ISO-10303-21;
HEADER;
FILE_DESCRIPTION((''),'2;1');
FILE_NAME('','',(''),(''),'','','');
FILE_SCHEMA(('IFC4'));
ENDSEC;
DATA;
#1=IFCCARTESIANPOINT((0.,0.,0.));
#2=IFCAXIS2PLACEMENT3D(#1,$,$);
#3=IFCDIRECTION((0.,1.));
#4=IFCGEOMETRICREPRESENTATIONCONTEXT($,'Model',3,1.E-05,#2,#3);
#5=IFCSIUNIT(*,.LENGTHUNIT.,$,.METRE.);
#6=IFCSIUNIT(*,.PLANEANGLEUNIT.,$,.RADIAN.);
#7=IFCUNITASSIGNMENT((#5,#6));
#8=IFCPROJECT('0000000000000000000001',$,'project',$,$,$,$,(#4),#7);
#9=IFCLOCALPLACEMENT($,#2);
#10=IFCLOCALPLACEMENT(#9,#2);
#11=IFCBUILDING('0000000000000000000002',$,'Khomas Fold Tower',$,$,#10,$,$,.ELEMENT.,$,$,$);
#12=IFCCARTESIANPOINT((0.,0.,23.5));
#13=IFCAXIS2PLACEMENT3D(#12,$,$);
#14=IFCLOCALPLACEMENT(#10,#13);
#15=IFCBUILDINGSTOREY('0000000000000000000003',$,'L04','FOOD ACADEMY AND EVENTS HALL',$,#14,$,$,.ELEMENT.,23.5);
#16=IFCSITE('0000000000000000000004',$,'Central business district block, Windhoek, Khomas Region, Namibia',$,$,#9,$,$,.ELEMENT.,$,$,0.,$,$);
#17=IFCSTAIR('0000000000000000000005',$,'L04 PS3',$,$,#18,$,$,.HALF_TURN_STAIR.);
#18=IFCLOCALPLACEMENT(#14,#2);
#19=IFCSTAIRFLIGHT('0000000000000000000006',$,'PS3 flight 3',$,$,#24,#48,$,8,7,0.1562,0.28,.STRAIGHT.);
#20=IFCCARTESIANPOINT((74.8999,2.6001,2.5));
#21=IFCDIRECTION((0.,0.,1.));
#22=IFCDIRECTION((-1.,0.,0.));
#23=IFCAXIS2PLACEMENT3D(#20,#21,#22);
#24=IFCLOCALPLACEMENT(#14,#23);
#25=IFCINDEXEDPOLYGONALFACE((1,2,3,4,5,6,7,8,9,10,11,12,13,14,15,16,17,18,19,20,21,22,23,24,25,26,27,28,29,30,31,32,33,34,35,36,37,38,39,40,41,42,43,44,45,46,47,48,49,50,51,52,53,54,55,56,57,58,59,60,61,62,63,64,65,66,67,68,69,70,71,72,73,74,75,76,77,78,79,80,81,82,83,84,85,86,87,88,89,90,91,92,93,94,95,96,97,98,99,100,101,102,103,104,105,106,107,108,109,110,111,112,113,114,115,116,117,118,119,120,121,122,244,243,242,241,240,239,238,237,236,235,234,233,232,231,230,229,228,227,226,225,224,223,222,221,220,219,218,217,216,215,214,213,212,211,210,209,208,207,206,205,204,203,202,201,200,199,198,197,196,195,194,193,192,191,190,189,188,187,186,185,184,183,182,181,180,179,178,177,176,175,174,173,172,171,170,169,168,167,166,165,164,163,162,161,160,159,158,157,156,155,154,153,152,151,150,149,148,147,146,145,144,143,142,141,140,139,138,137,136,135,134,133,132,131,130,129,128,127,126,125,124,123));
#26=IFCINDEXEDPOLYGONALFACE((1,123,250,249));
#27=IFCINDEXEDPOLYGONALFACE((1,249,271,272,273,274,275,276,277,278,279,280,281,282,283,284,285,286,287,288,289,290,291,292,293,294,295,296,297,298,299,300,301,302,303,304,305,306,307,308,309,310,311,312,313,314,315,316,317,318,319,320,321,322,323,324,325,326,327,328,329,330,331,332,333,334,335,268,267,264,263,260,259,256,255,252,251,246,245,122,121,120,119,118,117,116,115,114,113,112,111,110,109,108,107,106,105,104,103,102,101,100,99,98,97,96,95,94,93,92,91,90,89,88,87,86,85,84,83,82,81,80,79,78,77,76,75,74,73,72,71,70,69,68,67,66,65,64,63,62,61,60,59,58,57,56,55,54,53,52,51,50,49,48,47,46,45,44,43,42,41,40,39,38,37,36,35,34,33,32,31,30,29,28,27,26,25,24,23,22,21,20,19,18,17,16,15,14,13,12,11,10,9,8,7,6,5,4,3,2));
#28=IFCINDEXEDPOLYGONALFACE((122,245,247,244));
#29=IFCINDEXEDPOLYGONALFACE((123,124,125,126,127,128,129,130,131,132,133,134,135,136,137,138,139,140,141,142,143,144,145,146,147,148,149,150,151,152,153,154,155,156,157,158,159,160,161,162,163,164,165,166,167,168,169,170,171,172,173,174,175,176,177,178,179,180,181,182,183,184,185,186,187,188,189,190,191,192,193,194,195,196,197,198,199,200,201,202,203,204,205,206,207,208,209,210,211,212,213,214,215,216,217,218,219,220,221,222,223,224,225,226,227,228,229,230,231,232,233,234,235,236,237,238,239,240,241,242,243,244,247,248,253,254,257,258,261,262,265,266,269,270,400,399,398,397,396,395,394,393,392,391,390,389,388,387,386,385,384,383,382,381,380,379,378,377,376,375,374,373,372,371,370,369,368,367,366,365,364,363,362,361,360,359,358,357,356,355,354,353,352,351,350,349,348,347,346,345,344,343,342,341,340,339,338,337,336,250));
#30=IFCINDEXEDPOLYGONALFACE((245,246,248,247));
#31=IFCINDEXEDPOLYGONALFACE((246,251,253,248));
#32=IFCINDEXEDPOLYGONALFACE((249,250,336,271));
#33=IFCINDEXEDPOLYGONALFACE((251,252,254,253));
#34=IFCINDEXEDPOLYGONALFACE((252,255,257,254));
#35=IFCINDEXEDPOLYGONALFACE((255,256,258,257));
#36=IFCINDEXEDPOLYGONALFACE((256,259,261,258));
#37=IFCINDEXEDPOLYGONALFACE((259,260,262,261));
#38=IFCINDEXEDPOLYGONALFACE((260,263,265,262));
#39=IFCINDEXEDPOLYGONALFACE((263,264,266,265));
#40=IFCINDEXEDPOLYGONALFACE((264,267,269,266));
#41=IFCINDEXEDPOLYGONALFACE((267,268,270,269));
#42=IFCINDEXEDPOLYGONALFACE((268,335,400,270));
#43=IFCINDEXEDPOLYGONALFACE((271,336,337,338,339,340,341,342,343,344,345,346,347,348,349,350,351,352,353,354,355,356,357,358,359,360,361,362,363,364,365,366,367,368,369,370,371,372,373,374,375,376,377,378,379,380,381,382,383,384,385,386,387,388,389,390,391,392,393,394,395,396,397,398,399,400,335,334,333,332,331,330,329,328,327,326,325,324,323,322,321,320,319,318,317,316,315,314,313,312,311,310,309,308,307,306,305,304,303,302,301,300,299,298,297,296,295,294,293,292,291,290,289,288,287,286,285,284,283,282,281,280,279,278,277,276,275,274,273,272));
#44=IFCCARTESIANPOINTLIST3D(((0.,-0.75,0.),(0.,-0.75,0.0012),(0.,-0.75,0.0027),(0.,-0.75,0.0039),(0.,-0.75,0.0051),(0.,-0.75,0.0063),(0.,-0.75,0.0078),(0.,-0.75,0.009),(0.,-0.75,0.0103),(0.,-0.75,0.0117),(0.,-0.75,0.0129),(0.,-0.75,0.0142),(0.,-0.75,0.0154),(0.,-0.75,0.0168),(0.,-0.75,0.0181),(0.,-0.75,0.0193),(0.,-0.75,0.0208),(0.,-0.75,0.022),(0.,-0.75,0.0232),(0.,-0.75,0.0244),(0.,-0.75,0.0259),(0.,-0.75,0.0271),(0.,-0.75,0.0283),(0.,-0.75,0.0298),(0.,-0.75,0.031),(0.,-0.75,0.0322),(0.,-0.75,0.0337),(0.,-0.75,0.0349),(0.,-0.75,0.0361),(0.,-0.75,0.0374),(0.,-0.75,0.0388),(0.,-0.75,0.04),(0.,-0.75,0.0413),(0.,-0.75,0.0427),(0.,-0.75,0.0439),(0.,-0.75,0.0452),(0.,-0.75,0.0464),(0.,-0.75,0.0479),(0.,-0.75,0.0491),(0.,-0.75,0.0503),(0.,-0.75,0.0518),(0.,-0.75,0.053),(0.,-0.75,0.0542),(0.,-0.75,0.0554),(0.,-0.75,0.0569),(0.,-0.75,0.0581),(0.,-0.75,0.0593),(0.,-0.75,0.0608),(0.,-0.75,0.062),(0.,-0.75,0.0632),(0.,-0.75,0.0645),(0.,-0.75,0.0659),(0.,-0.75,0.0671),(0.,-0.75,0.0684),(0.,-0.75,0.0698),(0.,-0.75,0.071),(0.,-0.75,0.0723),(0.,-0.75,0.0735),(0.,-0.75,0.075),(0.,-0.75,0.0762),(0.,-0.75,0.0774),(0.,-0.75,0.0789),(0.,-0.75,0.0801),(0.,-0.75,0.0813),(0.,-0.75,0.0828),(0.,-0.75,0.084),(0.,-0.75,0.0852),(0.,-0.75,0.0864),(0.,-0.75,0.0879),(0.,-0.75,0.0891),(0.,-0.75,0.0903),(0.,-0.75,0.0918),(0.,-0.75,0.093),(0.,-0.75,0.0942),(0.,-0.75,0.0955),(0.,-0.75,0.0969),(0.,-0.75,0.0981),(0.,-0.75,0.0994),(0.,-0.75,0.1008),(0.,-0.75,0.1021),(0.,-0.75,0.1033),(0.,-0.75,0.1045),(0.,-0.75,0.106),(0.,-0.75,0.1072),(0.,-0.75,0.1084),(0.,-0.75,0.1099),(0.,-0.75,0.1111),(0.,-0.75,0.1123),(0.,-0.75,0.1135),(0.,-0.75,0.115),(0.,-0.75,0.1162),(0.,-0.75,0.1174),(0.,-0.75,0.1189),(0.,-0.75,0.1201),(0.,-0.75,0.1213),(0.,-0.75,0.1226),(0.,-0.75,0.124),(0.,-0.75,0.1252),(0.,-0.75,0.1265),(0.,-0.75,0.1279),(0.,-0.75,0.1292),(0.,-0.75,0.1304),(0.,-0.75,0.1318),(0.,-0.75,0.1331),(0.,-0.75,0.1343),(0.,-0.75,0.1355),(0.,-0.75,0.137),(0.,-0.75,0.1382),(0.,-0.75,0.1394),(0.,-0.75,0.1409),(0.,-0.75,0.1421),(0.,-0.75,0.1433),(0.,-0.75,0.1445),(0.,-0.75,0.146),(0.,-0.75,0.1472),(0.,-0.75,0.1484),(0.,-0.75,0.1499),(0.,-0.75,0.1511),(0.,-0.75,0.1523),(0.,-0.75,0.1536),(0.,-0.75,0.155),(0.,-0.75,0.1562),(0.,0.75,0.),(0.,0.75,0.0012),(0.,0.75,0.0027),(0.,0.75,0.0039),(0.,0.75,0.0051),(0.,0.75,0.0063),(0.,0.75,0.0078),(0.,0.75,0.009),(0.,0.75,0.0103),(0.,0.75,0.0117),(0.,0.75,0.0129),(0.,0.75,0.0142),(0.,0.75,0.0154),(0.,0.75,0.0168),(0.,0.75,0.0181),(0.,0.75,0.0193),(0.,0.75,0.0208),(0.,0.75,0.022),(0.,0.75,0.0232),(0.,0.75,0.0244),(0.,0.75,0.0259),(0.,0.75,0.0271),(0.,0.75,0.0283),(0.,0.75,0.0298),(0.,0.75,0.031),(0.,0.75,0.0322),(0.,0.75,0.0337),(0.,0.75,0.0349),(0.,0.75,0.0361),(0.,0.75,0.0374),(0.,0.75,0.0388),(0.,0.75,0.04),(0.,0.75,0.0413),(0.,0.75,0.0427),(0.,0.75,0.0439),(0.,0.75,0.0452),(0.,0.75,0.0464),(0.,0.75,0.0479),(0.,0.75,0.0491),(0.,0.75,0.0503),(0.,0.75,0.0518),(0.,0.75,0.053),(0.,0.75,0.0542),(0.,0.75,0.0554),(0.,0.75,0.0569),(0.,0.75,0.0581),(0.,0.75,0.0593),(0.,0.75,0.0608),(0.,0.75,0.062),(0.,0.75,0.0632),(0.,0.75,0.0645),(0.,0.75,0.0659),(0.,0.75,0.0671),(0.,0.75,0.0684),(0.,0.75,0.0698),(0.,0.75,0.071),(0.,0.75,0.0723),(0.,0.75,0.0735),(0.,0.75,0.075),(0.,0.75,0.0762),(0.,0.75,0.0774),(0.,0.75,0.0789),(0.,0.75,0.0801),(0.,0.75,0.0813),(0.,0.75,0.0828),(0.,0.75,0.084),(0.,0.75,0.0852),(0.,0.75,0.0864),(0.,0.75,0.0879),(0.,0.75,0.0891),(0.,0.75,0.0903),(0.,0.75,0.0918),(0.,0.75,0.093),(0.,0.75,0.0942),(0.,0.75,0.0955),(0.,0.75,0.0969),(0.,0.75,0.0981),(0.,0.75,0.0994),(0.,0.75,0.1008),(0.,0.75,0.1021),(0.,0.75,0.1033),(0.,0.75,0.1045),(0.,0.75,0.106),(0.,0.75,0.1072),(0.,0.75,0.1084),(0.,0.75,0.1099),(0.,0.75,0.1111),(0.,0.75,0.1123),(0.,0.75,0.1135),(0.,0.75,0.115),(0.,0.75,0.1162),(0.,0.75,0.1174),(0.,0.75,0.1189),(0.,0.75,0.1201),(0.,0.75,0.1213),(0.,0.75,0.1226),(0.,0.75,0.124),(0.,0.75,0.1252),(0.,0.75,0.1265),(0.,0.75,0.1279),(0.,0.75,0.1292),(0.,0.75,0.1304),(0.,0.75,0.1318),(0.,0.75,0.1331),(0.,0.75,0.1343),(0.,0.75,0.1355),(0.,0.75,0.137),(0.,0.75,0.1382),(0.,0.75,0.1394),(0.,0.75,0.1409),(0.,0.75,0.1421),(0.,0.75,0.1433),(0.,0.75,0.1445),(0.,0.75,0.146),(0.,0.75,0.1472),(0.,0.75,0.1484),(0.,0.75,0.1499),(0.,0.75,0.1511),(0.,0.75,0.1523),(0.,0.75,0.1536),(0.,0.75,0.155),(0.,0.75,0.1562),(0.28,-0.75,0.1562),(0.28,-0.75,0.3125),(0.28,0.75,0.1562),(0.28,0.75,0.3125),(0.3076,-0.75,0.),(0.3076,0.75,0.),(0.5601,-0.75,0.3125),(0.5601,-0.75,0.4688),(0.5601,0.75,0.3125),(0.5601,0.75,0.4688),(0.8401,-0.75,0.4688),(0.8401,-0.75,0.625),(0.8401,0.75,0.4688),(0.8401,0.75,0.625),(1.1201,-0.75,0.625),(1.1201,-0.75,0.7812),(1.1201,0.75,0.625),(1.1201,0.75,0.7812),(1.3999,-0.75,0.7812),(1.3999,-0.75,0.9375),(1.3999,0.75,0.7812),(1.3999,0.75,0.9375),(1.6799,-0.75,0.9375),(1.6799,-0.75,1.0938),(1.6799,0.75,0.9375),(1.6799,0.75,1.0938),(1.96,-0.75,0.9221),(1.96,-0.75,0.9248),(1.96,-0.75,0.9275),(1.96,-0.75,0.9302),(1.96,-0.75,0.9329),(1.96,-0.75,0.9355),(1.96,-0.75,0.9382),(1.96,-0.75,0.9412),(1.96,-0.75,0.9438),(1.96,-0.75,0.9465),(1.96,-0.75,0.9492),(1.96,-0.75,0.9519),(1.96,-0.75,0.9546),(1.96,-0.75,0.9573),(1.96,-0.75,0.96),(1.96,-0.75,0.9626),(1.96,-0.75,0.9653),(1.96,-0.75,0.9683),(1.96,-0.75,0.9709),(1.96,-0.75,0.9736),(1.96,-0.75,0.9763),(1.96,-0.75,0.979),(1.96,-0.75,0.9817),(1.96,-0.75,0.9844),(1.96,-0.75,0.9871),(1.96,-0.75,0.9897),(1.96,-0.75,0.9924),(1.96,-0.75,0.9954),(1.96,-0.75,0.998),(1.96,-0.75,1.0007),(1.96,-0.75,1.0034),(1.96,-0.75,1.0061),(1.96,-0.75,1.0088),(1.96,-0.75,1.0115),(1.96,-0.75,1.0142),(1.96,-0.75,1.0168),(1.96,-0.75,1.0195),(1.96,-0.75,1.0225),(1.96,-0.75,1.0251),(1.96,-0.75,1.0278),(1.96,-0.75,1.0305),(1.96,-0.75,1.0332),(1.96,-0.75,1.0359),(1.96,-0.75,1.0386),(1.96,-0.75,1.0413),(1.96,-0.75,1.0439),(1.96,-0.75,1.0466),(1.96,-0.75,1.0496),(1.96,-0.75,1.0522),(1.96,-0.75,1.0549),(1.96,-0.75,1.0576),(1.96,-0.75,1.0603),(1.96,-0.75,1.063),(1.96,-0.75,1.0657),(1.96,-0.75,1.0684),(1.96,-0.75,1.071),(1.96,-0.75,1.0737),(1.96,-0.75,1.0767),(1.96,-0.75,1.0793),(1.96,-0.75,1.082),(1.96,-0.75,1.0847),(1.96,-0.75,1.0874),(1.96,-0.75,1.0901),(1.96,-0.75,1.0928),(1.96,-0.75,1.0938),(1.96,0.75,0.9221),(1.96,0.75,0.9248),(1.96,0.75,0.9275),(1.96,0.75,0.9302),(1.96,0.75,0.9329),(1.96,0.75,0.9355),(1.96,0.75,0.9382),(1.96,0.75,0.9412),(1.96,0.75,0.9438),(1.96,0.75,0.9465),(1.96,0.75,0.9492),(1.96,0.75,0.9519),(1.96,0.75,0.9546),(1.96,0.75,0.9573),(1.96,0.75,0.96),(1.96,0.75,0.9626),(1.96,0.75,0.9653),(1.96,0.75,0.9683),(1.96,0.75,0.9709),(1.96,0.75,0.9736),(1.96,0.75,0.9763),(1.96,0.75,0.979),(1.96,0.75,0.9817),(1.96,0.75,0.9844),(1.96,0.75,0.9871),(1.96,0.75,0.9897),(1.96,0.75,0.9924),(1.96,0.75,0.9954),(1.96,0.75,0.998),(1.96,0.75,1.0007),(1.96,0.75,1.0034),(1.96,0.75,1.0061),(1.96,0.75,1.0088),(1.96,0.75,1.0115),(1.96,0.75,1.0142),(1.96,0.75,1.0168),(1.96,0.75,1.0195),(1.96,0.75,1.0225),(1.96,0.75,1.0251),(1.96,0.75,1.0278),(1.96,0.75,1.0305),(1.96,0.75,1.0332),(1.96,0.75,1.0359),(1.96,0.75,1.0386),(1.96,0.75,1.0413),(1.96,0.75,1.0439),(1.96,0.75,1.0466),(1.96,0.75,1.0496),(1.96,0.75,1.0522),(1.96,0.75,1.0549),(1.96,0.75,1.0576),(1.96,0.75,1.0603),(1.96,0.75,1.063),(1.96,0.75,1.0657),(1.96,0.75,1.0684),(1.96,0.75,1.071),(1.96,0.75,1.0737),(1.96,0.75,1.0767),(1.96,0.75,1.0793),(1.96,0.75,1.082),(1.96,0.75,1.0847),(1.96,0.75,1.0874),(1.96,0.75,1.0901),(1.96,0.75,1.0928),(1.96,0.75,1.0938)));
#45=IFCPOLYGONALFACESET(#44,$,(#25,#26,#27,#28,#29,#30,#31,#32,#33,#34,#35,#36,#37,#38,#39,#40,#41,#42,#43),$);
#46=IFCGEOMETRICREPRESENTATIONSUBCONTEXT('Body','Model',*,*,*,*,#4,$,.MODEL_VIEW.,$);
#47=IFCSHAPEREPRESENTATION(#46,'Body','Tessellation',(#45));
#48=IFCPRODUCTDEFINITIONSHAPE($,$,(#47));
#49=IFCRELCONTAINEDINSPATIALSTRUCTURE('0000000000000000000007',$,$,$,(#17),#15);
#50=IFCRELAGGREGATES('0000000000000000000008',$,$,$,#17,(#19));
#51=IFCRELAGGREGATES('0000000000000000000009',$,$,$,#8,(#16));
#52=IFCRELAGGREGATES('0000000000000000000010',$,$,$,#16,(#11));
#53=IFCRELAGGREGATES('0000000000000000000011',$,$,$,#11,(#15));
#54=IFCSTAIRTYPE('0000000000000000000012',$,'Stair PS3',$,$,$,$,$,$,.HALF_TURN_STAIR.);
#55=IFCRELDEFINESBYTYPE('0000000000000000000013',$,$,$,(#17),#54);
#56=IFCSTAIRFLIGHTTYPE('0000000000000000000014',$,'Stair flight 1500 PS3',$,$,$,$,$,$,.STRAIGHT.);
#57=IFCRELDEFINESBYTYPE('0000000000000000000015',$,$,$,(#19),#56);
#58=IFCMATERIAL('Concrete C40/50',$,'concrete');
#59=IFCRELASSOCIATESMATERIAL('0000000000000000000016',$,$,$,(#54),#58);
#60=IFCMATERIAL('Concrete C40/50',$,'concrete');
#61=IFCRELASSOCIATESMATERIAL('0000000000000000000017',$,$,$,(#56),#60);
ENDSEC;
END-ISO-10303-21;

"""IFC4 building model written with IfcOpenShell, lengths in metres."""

from ifc_helpers import new_model, si_unit, direction, frame, origin, place, context, subcontext, project, spatial, polyline, outline, extrude, source, transform, mapped, material, type_object, element, aggregate, save


model = new_model("IFC4")

# Units and contexts
model_context = context("Model", 3, precision=1e-05, world=origin(), true_north=direction((0.0, 1.0)))
body_context = subcontext(model_context, "Body", "Model", "MODEL_VIEW")
ifc_project = project(units=[si_unit("LENGTHUNIT", "METRE"), si_unit("PLANEANGLEUNIT", "RADIAN")], contexts=[model_context])

# Site, building, storey
site_placement = place(None, origin())
site = spatial("IfcSite", under=ifc_project, at=site_placement, Name="Central business district block, Windhoek, Khomas Region, Namibia", CompositionType="ELEMENT", RefElevation=0.0)
building_placement = place(site_placement, origin())
building = spatial("IfcBuilding", under=site, at=building_placement, Name="Khomas Fold Tower", CompositionType="ELEMENT")
storey_placement = place(building_placement, frame((0.0, 0.0, 23.5)))
storey = spatial("IfcBuildingStorey", under=building, at=storey_placement, Name="L04", Description="FOOD ACADEMY AND EVENTS HALL", CompositionType="ELEMENT", Elevation=23.5)

# Stair, stair flight
ifc_material_1 = material(Name="Concrete C40/50", Category="concrete")
stair_type_1 = type_object("IfcStairType", Name="Stair PS3", PredefinedType="HALF_TURN_STAIR", material=ifc_material_1)
stair_1_placement = place(storey_placement, origin())
stair_1 = element("IfcStair", 1, at=stair_1_placement, inside=storey, type_object=stair_type_1, Name="L04 PS3", PredefinedType="HALF_TURN_STAIR")
ifc_material_2 = material(Name="Concrete C40/50", Category="concrete")
stair_flight_type_1 = type_object("IfcStairFlightType", Name="Stair flight 1500 PS3", PredefinedType="STRAIGHT", material=ifc_material_2)
shared_shape_1 = source(origin(), body_context, "Body", "SweptSolid", [
    extrude(outline(polyline([(0.0, 0.0), (0.0, 0.0012), (0.0, 0.0027), (0.0, 0.0039), (0.0, 0.0051), (0.0, 0.0063), (0.0, 0.0078), (0.0, 0.009), (0.0, 0.0103), (0.0, 0.0117), (0.0, 0.0129), (0.0, 0.0142), (0.0, 0.0154), (0.0, 0.0168), (0.0, 0.0181), (0.0, 0.0193), (0.0, 0.0208), (0.0, 0.022), (0.0, 0.0232), (0.0, 0.0244), (0.0, 0.0259), (0.0, 0.0271), (0.0, 0.0283), (0.0, 0.0298), (0.0, 0.031), (0.0, 0.0322), (0.0, 0.0337), (0.0, 0.0349), (0.0, 0.0361), (0.0, 0.0374), (0.0, 0.0388), (0.0, 0.04), (0.0, 0.0413), (0.0, 0.0427), (0.0, 0.0439), (0.0, 0.0452), (0.0, 0.0464), (0.0, 0.0479), (0.0, 0.0491), (0.0, 0.0503), (0.0, 0.0518), (0.0, 0.053), (0.0, 0.0542), (0.0, 0.0554), (0.0, 0.0569), (0.0, 0.0581), (0.0, 0.0593), (0.0, 0.0608), (0.0, 0.062), (0.0, 0.0632), (0.0, 0.0645), (0.0, 0.0659), (0.0, 0.0671), (0.0, 0.0684), (0.0, 0.0698), (0.0, 0.071), (0.0, 0.0723), (0.0, 0.0735), (0.0, 0.075), (0.0, 0.0762), (0.0, 0.0774), (0.0, 0.0789), (0.0, 0.0801), (0.0, 0.0813), (0.0, 0.0828), (0.0, 0.084), (0.0, 0.0852), (0.0, 0.0864), (0.0, 0.0879), (0.0, 0.0891), (0.0, 0.0903), (0.0, 0.0918), (0.0, 0.093), (0.0, 0.0942), (0.0, 0.0955), (0.0, 0.0969), (0.0, 0.0981), (0.0, 0.0994), (0.0, 0.1008), (0.0, 0.1021), (0.0, 0.1033), (0.0, 0.1045), (0.0, 0.106), (0.0, 0.1072), (0.0, 0.1084), (0.0, 0.1099), (0.0, 0.1111), (0.0, 0.1123), (0.0, 0.1135), (0.0, 0.115), (0.0, 0.1162), (0.0, 0.1174), (0.0, 0.1189), (0.0, 0.1201), (0.0, 0.1213), (0.0, 0.1226), (0.0, 0.124), (0.0, 0.1252), (0.0, 0.1265), (0.0, 0.1279), (0.0, 0.1292), (0.0, 0.1304), (0.0, 0.1318), (0.0, 0.1331), (0.0, 0.1343), (0.0, 0.1355), (0.0, 0.137), (0.0, 0.1382), (0.0, 0.1394), (0.0, 0.1409), (0.0, 0.1421), (0.0, 0.1433), (0.0, 0.1445), (0.0, 0.146), (0.0, 0.1472), (0.0, 0.1484), (0.0, 0.1499), (0.0, 0.1511), (0.0, 0.1523), (0.0, 0.1536), (0.0, 0.155), (0.0, 0.1562), (0.28, 0.1562), (0.28, 0.3125), (0.5601, 0.3125), (0.5601, 0.4688), (0.8401, 0.4688), (0.8401, 0.625), (1.1201, 0.625), (1.1201, 0.7812), (1.3999, 0.7812), (1.3999, 0.9375), (1.6799, 0.9375), (1.6799, 1.0938), (1.96, 1.0938), (1.96, 1.25), (1.96, 1.2473), (1.96, 1.2446), (1.96, 1.2419), (1.96, 1.2393), (1.96, 1.2363), (1.96, 1.2336), (1.96, 1.231), (1.96, 1.2283), (1.96, 1.2256), (1.96, 1.2229), (1.96, 1.2202), (1.96, 1.2175), (1.96, 1.2148), (1.96, 1.2122), (1.96, 1.2092), (1.96, 1.2065), (1.96, 1.2039), (1.96, 1.2012), (1.96, 1.1985), (1.96, 1.1958), (1.96, 1.1931), (1.96, 1.1904), (1.96, 1.1877), (1.96, 1.1851), (1.96, 1.1821), (1.96, 1.1794), (1.96, 1.1768), (1.96, 1.1741), (1.96, 1.1714), (1.96, 1.1687), (1.96, 1.166), (1.96, 1.1633), (1.96, 1.1606), (1.96, 1.158), (1.96, 1.155), (1.96, 1.1523), (1.96, 1.1497), (1.96, 1.147), (1.96, 1.1443), (1.96, 1.1416), (1.96, 1.1389), (1.96, 1.1362), (1.96, 1.1335), (1.96, 1.1309), (1.96, 1.1279), (1.96, 1.1252), (1.96, 1.1226), (1.96, 1.1199), (1.96, 1.1172), (1.96, 1.1145), (1.96, 1.1118), (1.96, 1.1091), (1.96, 1.1064), (1.96, 1.1038), (1.96, 1.1008), (1.96, 1.0981), (1.96, 1.0955), (1.96, 1.0928), (1.96, 1.0901), (1.96, 1.0874), (1.96, 1.0847), (1.96, 1.082), (1.96, 1.0793), (1.96, 1.0767), (1.96, 1.0737), (1.96, 1.071), (1.96, 1.0684), (1.96, 1.0657), (1.96, 1.063), (1.96, 1.0603), (1.96, 1.0576), (1.96, 1.0549), (1.96, 1.0522), (1.96, 1.0496), (1.96, 1.0466), (1.96, 1.0439), (1.96, 1.0413), (1.96, 1.0386), (1.96, 1.0359), (1.96, 1.0332), (1.96, 1.0305), (1.96, 1.0278), (1.96, 1.0251), (1.96, 1.0225), (1.96, 1.0195), (1.96, 1.0168), (1.96, 1.0142), (1.96, 1.0115), (1.96, 1.0088), (1.96, 1.0061), (1.96, 1.0034), (1.96, 1.0007), (1.96, 0.998), (1.96, 0.9954), (1.96, 0.9924), (1.96, 0.9897), (1.96, 0.9871), (1.96, 0.9844), (1.96, 0.9817), (1.96, 0.979), (1.96, 0.9763), (1.96, 0.9736), (1.96, 0.9709), (1.96, 0.9683), (1.96, 0.9653), (1.96, 0.9626), (1.96, 0.96), (1.96, 0.9573), (1.96, 0.9546), (1.96, 0.9519), (1.96, 0.9492), (1.96, 0.9465), (1.96, 0.9438), (1.96, 0.9412), (1.96, 0.9382), (1.96, 0.9355), (1.96, 0.9329), (1.96, 0.9302), (1.96, 0.9275), (1.96, 0.9248), (1.96, 0.9221), (0.3076, 0.0), (0.0, 0.0)])), frame((0.0, 0.75, 0.0), z_axis=(0.0, -1.0, 0.0), x_axis=(1.0, 0.0, 0.0)), (0.0, 0.0, 1.0), 1.5),
])
stair_flight_1_placement = place(storey_placement, frame((74.8999, 2.6001, 2.5), z_axis=(0.0, 0.0, 1.0), x_axis=(-1.0, 0.0, 0.0)))
stair_flight_1 = element("IfcStairFlight", 2, at=stair_flight_1_placement, type_object=stair_flight_type_1, Name="PS3 flight 3", NumberOfRisers=8, NumberOfTreads=7, PredefinedType="STRAIGHT", RiserHeight=0.1562, TreadLength=0.28, context=body_context, shape_type="MappedRepresentation", body=[
    mapped(shared_shape_1, transform((0.0, 0.0, 0.0))),
])
aggregate(stair_1, [stair_flight_1])

save(model, "model.ifc")
